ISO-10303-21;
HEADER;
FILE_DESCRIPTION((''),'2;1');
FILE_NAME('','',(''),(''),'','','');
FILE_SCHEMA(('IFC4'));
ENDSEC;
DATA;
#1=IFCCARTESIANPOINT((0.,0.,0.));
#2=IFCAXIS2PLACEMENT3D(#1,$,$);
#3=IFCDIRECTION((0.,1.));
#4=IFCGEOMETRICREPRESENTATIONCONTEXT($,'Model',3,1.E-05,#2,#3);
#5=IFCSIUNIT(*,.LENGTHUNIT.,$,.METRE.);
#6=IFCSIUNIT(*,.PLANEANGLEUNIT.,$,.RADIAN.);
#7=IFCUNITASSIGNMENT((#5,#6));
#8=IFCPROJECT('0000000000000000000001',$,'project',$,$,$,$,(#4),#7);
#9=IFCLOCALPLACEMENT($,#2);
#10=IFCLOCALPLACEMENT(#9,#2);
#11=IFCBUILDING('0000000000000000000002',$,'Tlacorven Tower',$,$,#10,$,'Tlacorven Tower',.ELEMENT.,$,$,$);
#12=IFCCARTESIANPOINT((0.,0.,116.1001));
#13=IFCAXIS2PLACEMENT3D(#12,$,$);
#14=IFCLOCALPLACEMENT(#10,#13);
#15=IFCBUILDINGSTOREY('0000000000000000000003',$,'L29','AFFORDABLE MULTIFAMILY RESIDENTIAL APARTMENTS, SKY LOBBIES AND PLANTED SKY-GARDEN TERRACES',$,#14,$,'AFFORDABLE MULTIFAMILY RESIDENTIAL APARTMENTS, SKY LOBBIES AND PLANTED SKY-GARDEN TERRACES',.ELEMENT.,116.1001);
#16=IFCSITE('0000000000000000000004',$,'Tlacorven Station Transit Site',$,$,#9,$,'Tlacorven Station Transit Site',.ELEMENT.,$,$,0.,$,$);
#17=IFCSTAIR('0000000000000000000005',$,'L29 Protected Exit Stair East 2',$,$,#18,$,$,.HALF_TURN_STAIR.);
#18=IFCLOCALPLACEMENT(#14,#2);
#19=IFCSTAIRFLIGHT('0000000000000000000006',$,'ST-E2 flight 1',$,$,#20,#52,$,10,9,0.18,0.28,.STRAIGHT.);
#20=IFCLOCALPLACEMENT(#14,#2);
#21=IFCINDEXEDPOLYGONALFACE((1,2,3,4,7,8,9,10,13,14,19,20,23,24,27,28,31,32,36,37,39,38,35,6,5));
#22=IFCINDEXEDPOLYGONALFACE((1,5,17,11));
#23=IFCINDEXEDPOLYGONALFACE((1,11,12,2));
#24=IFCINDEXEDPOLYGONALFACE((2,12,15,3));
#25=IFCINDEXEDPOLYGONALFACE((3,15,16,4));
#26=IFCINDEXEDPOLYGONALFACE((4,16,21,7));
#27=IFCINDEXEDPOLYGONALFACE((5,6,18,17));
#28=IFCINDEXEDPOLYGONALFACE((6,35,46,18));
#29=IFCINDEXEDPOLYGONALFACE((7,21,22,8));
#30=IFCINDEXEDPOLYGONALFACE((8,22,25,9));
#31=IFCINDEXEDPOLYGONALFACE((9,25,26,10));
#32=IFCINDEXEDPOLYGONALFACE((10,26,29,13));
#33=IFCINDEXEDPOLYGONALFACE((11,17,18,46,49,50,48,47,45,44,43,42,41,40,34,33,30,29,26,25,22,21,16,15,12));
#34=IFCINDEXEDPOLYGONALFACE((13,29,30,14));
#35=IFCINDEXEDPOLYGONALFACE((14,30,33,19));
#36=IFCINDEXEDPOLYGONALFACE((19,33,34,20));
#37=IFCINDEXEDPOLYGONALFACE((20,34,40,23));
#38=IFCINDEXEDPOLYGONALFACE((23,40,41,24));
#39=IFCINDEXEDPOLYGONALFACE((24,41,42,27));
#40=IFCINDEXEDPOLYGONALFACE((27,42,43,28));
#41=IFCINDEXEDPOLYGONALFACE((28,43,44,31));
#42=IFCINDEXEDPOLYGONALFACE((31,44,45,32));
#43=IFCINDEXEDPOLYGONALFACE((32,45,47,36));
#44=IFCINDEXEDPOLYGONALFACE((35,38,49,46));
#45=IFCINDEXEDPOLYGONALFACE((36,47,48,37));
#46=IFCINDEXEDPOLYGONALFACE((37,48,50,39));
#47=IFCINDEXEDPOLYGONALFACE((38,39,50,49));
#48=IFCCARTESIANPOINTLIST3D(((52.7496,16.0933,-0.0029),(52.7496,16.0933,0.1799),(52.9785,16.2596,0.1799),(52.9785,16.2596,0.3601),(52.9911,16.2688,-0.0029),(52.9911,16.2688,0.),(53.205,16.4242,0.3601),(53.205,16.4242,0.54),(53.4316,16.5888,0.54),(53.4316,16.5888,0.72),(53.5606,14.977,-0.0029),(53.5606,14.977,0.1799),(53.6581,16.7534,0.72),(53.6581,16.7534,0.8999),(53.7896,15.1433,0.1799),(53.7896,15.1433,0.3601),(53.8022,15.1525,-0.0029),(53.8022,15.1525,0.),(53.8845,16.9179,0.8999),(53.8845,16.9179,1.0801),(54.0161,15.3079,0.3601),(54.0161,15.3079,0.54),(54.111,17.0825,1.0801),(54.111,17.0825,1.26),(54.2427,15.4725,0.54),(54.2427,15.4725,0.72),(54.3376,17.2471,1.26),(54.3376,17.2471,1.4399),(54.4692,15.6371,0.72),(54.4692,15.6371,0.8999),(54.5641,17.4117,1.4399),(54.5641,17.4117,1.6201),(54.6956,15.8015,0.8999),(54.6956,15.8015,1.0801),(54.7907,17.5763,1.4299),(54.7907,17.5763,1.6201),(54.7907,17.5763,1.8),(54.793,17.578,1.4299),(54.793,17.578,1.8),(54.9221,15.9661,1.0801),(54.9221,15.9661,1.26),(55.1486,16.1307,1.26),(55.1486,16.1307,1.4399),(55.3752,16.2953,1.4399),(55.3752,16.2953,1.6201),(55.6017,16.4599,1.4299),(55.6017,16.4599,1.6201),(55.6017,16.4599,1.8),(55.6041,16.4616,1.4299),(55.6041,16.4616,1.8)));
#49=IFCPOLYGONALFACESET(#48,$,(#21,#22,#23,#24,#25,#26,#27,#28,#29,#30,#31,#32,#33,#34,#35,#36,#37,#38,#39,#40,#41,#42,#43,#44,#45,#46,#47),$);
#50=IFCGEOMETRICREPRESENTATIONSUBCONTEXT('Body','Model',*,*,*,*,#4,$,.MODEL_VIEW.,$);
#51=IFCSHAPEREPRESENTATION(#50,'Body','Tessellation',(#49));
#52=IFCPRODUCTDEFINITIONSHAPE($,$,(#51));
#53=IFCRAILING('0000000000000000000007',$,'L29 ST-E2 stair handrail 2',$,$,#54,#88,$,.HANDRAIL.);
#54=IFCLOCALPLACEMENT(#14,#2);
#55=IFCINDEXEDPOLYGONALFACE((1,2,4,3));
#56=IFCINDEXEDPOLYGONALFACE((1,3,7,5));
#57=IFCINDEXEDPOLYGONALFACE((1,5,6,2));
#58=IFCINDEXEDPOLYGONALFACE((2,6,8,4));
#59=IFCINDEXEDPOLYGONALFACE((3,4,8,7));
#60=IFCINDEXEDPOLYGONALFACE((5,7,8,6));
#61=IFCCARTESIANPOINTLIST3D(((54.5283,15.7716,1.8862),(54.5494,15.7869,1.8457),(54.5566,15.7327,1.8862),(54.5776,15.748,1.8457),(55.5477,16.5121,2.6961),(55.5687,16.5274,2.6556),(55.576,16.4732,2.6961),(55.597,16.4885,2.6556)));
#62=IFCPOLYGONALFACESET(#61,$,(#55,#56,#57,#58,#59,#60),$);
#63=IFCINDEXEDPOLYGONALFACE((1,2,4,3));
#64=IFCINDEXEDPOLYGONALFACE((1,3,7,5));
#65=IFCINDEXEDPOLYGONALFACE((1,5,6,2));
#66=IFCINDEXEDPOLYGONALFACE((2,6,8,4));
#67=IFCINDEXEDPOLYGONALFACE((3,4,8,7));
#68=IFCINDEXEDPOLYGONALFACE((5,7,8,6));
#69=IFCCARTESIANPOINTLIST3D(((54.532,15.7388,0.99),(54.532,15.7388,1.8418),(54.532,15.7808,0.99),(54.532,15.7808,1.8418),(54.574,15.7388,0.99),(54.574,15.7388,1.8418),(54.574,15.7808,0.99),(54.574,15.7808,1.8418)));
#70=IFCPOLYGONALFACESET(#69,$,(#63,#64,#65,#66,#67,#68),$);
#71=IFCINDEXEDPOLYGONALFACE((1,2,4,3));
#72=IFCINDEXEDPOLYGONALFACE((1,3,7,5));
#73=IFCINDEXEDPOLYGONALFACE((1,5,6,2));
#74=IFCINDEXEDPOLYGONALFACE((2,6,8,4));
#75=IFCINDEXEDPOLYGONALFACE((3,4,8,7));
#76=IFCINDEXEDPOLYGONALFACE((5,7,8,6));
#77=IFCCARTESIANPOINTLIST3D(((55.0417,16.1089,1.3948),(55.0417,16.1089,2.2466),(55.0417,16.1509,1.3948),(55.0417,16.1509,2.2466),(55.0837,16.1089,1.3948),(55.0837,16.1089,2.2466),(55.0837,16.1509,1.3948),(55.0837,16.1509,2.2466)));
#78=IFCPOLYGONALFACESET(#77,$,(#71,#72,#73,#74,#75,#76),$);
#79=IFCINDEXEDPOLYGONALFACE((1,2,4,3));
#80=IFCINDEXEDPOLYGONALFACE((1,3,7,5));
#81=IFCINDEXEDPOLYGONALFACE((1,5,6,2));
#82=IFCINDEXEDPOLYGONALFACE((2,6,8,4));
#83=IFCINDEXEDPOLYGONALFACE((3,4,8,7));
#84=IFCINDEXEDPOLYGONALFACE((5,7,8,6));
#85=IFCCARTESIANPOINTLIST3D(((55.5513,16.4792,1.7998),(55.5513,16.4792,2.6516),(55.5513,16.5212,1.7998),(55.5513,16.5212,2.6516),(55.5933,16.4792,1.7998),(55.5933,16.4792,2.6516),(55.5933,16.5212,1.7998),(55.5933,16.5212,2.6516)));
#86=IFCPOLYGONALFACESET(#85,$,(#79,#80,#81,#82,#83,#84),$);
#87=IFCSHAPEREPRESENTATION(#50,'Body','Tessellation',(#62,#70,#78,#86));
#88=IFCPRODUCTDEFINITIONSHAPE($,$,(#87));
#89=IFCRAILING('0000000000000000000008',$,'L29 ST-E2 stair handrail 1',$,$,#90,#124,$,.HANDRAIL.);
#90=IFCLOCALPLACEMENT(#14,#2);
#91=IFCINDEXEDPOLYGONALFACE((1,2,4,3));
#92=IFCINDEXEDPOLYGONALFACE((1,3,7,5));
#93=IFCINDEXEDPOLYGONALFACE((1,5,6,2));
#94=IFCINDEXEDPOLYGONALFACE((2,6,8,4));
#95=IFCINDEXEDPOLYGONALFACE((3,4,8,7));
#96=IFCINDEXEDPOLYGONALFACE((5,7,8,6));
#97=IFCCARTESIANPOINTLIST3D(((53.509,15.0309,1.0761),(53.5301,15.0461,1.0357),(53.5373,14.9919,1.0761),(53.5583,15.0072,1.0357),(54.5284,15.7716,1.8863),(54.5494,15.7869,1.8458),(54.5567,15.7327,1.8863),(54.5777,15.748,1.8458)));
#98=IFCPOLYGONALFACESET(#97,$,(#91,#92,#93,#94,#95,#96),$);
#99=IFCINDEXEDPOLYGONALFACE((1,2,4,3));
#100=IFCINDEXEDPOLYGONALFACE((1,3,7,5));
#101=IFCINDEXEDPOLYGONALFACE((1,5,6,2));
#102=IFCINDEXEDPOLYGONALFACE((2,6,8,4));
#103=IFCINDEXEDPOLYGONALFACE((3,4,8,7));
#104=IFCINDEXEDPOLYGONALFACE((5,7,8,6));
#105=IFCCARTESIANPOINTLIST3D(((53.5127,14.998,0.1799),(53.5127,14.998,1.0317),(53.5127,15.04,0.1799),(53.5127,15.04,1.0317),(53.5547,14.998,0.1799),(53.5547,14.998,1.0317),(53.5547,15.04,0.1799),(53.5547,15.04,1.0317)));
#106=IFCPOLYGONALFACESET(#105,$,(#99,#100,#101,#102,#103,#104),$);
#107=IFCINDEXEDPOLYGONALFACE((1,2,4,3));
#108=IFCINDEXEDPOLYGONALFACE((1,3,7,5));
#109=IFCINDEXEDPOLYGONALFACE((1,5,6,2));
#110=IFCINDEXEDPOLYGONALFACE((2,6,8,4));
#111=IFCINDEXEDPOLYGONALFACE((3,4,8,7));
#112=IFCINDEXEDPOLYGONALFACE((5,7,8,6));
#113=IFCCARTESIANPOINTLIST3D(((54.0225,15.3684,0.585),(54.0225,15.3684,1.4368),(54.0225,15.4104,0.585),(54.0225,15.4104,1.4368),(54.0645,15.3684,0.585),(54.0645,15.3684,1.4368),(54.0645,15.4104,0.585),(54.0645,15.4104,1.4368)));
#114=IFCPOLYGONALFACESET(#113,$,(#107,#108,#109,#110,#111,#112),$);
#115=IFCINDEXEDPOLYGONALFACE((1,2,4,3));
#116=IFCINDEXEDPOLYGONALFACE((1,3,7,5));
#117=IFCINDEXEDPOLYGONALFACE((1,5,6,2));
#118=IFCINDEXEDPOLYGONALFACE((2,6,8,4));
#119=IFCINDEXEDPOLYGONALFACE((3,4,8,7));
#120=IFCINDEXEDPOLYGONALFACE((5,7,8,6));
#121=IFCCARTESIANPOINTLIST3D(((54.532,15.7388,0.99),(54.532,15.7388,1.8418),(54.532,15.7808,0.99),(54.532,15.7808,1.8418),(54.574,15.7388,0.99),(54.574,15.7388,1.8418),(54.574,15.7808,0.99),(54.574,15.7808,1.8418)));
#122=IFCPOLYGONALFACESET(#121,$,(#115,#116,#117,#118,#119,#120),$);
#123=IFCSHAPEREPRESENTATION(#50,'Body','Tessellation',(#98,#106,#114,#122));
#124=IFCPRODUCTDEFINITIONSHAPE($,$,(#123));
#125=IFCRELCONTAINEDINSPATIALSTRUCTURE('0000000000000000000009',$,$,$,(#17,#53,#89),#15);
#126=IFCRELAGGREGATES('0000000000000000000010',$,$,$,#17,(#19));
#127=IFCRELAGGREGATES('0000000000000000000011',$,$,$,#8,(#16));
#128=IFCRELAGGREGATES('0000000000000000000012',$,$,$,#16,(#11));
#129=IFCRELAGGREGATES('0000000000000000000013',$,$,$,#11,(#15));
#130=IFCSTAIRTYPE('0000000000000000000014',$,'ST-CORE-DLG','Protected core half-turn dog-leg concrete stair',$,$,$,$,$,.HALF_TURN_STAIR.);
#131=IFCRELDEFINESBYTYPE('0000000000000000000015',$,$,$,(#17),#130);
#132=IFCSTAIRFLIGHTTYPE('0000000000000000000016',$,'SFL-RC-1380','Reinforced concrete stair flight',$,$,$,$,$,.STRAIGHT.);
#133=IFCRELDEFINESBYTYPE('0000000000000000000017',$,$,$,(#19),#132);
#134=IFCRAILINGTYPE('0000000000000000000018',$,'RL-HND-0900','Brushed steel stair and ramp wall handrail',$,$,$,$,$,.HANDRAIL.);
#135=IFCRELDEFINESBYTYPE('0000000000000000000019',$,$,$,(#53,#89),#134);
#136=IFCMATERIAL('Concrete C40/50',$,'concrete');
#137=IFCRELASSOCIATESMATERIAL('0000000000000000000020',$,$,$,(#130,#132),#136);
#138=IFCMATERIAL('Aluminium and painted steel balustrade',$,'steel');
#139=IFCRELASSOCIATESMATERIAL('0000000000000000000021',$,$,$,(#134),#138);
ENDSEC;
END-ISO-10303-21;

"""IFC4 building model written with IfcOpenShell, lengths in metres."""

from ifc_helpers import new_model, si_unit, direction, frame, origin, origin_2d, place, context, subcontext, project, spatial, polyline, rectangle, outline, extrude, source, transform, mapped, material, type_object, element, aggregate, save


model = new_model("IFC4")

# Units and contexts
model_context = context("Model", 3, precision=1e-05, world=origin(), true_north=direction((0.0, 1.0)))
body_context = subcontext(model_context, "Body", "Model", "MODEL_VIEW")
ifc_project = project(units=[si_unit("LENGTHUNIT", "METRE"), si_unit("PLANEANGLEUNIT", "RADIAN")], contexts=[model_context])

# Site, building, storey
site_placement = place(None, origin())
site = spatial("IfcSite", under=ifc_project, at=site_placement, Name="Tlacorven Station Transit Site", LongName="Tlacorven Station Transit Site", CompositionType="ELEMENT", RefElevation=0.0)
building_placement = place(site_placement, origin())
building = spatial("IfcBuilding", under=site, at=building_placement, Name="Tlacorven Tower", LongName="Tlacorven Tower", CompositionType="ELEMENT")
storey_placement = place(building_placement, frame((0.0, 0.0, 116.1001)))
storey = spatial("IfcBuildingStorey", under=building, at=storey_placement, Name="L29", Description="AFFORDABLE MULTIFAMILY RESIDENTIAL APARTMENTS, SKY LOBBIES AND PLANTED SKY-GARDEN TERRACES", LongName="AFFORDABLE MULTIFAMILY RESIDENTIAL APARTMENTS, SKY LOBBIES AND PLANTED SKY-GARDEN TERRACES", CompositionType="ELEMENT", Elevation=116.1001)

# Stair, stair flight
ifc_material_1 = material(Name="Concrete C40/50", Category="concrete")
stair_type = type_object("IfcStairType", Name="ST-CORE-DLG", Description="Protected core half-turn dog-leg concrete stair", PredefinedType="HALF_TURN_STAIR", material=ifc_material_1)
stair_placement = place(storey_placement, origin())
stair = element("IfcStair", 1, at=stair_placement, inside=storey, type_object=stair_type, Name="L29 Protected Exit Stair East 2", PredefinedType="HALF_TURN_STAIR")
stair_flight_type = type_object("IfcStairFlightType", Name="SFL-RC-1380", Description="Reinforced concrete stair flight", PredefinedType="STRAIGHT", material=ifc_material_1)
shared_shape_1 = source(origin(), body_context, "Body", "SweptSolid", [
    extrude(outline(polyline([(-0.0029, -0.0029), (-0.0029, 0.1799), (0.28, 0.1799), (0.28, 0.3601), (0.5601, 0.3601), (0.5601, 0.54), (0.8401, 0.54), (0.8401, 0.72), (1.1201, 0.72), (1.1201, 0.8999), (1.3999, 0.8999), (1.3999, 1.0801), (1.6799, 1.0801), (1.6799, 1.26), (1.96, 1.26), (1.96, 1.4399), (2.24, 1.4399), (2.24, 1.6201), (2.52, 1.6201), (2.52, 1.8), (2.5229, 1.8), (2.5229, 1.4299), (2.52, 1.4299), (0.2957, 0.0), (0.2957, -0.0029), (-0.0029, -0.0029)])), frame((0.0, 0.6899, 0.0), z_axis=(0.0, -1.0, 0.0), x_axis=(1.0, 0.0, 0.0)), (0.0, 0.0, 1.0), 1.3799),
])
stair_flight_placement = place(storey_placement, frame((53.1575, 15.5369, 0.0), z_axis=(0.0, 0.0, 1.0), x_axis=(0.809017, 0.587785, 0.0)))
stair_flight = element("IfcStairFlight", 2, at=stair_flight_placement, type_object=stair_flight_type, Name="ST-E2 flight 1", NumberOfRisers=10, NumberOfTreads=9, PredefinedType="STRAIGHT", RiserHeight=0.18, TreadLength=0.28, context=body_context, shape_type="MappedRepresentation", body=[
    mapped(shared_shape_1, transform((0.0, 0.0, 0.0), scale=1.0)),
])
aggregate(stair, [stair_flight])

# Railings
ifc_material_2 = material(Name="Aluminium and painted steel balustrade", Category="steel")
railing_type = type_object("IfcRailingType", Name="RL-HND-0900", Description="Brushed steel stair and ramp wall handrail", PredefinedType="HANDRAIL", material=ifc_material_2)
shared_shape_2 = source(origin(), body_context, "Body", "SweptSolid", [
    extrude(rectangle(XDim=0.0481, YDim=0.0481, at=origin_2d()), frame((0.0, 0.0, 0.876), z_axis=(0.680576, 0.494416, 0.540712), x_axis=(-0.587745, 0.809046, 0.0)), (0.0, 0.0, 1.0), 1.4978),
    extrude(rectangle(XDim=0.042, YDim=0.042, at=origin_2d()), origin(), (0.0, 0.0, 1.0), 0.8518),
    extrude(rectangle(XDim=0.042, YDim=0.042, at=origin_2d()), frame((0.5098, 0.3701, 0.4048)), (0.0, 0.0, 1.0), 0.8518),
    extrude(rectangle(XDim=0.042, YDim=0.042, at=origin_2d()), frame((1.0193, 0.7405, 0.8098)), (0.0, 0.0, 1.0), 0.8518),
])
railing_1_placement = place(storey_placement, frame((54.553, 15.7598, 0.99)))
element("IfcRailing", 3, at=railing_1_placement, inside=storey, type_object=railing_type, Name="L29 ST-E2 stair handrail 2", PredefinedType="HANDRAIL", context=body_context, shape_type="MappedRepresentation", body=[
    mapped(shared_shape_2, transform((0.0, 0.0, 0.0), scale=1.0)),
])
shared_shape_3 = source(origin(), body_context, "Body", "SweptSolid", [
    extrude(rectangle(XDim=0.0481, YDim=0.0481, at=origin_2d()), frame((0.0, 0.0, 0.876), z_axis=(0.680461, 0.494496, 0.540783), x_axis=(-0.587872, 0.808954, 0.0)), (0.0, 0.0, 1.0), 1.498),
    extrude(rectangle(XDim=0.042, YDim=0.042, at=origin_2d()), origin(), (0.0, 0.0, 1.0), 0.8518),
    extrude(rectangle(XDim=0.042, YDim=0.042, at=origin_2d()), frame((0.5098, 0.3704, 0.405)), (0.0, 0.0, 1.0), 0.8518),
    extrude(rectangle(XDim=0.042, YDim=0.042, at=origin_2d()), frame((1.0193, 0.7407, 0.8101)), (0.0, 0.0, 1.0), 0.8518),
])
railing_2_placement = place(storey_placement, frame((53.5337, 15.019, 0.1799)))
element("IfcRailing", 4, at=railing_2_placement, inside=storey, type_object=railing_type, Name="L29 ST-E2 stair handrail 1", PredefinedType="HANDRAIL", context=body_context, shape_type="MappedRepresentation", body=[
    mapped(shared_shape_3, transform((0.0, 0.0, 0.0), scale=1.0)),
])

save(model, "model.ifc")
